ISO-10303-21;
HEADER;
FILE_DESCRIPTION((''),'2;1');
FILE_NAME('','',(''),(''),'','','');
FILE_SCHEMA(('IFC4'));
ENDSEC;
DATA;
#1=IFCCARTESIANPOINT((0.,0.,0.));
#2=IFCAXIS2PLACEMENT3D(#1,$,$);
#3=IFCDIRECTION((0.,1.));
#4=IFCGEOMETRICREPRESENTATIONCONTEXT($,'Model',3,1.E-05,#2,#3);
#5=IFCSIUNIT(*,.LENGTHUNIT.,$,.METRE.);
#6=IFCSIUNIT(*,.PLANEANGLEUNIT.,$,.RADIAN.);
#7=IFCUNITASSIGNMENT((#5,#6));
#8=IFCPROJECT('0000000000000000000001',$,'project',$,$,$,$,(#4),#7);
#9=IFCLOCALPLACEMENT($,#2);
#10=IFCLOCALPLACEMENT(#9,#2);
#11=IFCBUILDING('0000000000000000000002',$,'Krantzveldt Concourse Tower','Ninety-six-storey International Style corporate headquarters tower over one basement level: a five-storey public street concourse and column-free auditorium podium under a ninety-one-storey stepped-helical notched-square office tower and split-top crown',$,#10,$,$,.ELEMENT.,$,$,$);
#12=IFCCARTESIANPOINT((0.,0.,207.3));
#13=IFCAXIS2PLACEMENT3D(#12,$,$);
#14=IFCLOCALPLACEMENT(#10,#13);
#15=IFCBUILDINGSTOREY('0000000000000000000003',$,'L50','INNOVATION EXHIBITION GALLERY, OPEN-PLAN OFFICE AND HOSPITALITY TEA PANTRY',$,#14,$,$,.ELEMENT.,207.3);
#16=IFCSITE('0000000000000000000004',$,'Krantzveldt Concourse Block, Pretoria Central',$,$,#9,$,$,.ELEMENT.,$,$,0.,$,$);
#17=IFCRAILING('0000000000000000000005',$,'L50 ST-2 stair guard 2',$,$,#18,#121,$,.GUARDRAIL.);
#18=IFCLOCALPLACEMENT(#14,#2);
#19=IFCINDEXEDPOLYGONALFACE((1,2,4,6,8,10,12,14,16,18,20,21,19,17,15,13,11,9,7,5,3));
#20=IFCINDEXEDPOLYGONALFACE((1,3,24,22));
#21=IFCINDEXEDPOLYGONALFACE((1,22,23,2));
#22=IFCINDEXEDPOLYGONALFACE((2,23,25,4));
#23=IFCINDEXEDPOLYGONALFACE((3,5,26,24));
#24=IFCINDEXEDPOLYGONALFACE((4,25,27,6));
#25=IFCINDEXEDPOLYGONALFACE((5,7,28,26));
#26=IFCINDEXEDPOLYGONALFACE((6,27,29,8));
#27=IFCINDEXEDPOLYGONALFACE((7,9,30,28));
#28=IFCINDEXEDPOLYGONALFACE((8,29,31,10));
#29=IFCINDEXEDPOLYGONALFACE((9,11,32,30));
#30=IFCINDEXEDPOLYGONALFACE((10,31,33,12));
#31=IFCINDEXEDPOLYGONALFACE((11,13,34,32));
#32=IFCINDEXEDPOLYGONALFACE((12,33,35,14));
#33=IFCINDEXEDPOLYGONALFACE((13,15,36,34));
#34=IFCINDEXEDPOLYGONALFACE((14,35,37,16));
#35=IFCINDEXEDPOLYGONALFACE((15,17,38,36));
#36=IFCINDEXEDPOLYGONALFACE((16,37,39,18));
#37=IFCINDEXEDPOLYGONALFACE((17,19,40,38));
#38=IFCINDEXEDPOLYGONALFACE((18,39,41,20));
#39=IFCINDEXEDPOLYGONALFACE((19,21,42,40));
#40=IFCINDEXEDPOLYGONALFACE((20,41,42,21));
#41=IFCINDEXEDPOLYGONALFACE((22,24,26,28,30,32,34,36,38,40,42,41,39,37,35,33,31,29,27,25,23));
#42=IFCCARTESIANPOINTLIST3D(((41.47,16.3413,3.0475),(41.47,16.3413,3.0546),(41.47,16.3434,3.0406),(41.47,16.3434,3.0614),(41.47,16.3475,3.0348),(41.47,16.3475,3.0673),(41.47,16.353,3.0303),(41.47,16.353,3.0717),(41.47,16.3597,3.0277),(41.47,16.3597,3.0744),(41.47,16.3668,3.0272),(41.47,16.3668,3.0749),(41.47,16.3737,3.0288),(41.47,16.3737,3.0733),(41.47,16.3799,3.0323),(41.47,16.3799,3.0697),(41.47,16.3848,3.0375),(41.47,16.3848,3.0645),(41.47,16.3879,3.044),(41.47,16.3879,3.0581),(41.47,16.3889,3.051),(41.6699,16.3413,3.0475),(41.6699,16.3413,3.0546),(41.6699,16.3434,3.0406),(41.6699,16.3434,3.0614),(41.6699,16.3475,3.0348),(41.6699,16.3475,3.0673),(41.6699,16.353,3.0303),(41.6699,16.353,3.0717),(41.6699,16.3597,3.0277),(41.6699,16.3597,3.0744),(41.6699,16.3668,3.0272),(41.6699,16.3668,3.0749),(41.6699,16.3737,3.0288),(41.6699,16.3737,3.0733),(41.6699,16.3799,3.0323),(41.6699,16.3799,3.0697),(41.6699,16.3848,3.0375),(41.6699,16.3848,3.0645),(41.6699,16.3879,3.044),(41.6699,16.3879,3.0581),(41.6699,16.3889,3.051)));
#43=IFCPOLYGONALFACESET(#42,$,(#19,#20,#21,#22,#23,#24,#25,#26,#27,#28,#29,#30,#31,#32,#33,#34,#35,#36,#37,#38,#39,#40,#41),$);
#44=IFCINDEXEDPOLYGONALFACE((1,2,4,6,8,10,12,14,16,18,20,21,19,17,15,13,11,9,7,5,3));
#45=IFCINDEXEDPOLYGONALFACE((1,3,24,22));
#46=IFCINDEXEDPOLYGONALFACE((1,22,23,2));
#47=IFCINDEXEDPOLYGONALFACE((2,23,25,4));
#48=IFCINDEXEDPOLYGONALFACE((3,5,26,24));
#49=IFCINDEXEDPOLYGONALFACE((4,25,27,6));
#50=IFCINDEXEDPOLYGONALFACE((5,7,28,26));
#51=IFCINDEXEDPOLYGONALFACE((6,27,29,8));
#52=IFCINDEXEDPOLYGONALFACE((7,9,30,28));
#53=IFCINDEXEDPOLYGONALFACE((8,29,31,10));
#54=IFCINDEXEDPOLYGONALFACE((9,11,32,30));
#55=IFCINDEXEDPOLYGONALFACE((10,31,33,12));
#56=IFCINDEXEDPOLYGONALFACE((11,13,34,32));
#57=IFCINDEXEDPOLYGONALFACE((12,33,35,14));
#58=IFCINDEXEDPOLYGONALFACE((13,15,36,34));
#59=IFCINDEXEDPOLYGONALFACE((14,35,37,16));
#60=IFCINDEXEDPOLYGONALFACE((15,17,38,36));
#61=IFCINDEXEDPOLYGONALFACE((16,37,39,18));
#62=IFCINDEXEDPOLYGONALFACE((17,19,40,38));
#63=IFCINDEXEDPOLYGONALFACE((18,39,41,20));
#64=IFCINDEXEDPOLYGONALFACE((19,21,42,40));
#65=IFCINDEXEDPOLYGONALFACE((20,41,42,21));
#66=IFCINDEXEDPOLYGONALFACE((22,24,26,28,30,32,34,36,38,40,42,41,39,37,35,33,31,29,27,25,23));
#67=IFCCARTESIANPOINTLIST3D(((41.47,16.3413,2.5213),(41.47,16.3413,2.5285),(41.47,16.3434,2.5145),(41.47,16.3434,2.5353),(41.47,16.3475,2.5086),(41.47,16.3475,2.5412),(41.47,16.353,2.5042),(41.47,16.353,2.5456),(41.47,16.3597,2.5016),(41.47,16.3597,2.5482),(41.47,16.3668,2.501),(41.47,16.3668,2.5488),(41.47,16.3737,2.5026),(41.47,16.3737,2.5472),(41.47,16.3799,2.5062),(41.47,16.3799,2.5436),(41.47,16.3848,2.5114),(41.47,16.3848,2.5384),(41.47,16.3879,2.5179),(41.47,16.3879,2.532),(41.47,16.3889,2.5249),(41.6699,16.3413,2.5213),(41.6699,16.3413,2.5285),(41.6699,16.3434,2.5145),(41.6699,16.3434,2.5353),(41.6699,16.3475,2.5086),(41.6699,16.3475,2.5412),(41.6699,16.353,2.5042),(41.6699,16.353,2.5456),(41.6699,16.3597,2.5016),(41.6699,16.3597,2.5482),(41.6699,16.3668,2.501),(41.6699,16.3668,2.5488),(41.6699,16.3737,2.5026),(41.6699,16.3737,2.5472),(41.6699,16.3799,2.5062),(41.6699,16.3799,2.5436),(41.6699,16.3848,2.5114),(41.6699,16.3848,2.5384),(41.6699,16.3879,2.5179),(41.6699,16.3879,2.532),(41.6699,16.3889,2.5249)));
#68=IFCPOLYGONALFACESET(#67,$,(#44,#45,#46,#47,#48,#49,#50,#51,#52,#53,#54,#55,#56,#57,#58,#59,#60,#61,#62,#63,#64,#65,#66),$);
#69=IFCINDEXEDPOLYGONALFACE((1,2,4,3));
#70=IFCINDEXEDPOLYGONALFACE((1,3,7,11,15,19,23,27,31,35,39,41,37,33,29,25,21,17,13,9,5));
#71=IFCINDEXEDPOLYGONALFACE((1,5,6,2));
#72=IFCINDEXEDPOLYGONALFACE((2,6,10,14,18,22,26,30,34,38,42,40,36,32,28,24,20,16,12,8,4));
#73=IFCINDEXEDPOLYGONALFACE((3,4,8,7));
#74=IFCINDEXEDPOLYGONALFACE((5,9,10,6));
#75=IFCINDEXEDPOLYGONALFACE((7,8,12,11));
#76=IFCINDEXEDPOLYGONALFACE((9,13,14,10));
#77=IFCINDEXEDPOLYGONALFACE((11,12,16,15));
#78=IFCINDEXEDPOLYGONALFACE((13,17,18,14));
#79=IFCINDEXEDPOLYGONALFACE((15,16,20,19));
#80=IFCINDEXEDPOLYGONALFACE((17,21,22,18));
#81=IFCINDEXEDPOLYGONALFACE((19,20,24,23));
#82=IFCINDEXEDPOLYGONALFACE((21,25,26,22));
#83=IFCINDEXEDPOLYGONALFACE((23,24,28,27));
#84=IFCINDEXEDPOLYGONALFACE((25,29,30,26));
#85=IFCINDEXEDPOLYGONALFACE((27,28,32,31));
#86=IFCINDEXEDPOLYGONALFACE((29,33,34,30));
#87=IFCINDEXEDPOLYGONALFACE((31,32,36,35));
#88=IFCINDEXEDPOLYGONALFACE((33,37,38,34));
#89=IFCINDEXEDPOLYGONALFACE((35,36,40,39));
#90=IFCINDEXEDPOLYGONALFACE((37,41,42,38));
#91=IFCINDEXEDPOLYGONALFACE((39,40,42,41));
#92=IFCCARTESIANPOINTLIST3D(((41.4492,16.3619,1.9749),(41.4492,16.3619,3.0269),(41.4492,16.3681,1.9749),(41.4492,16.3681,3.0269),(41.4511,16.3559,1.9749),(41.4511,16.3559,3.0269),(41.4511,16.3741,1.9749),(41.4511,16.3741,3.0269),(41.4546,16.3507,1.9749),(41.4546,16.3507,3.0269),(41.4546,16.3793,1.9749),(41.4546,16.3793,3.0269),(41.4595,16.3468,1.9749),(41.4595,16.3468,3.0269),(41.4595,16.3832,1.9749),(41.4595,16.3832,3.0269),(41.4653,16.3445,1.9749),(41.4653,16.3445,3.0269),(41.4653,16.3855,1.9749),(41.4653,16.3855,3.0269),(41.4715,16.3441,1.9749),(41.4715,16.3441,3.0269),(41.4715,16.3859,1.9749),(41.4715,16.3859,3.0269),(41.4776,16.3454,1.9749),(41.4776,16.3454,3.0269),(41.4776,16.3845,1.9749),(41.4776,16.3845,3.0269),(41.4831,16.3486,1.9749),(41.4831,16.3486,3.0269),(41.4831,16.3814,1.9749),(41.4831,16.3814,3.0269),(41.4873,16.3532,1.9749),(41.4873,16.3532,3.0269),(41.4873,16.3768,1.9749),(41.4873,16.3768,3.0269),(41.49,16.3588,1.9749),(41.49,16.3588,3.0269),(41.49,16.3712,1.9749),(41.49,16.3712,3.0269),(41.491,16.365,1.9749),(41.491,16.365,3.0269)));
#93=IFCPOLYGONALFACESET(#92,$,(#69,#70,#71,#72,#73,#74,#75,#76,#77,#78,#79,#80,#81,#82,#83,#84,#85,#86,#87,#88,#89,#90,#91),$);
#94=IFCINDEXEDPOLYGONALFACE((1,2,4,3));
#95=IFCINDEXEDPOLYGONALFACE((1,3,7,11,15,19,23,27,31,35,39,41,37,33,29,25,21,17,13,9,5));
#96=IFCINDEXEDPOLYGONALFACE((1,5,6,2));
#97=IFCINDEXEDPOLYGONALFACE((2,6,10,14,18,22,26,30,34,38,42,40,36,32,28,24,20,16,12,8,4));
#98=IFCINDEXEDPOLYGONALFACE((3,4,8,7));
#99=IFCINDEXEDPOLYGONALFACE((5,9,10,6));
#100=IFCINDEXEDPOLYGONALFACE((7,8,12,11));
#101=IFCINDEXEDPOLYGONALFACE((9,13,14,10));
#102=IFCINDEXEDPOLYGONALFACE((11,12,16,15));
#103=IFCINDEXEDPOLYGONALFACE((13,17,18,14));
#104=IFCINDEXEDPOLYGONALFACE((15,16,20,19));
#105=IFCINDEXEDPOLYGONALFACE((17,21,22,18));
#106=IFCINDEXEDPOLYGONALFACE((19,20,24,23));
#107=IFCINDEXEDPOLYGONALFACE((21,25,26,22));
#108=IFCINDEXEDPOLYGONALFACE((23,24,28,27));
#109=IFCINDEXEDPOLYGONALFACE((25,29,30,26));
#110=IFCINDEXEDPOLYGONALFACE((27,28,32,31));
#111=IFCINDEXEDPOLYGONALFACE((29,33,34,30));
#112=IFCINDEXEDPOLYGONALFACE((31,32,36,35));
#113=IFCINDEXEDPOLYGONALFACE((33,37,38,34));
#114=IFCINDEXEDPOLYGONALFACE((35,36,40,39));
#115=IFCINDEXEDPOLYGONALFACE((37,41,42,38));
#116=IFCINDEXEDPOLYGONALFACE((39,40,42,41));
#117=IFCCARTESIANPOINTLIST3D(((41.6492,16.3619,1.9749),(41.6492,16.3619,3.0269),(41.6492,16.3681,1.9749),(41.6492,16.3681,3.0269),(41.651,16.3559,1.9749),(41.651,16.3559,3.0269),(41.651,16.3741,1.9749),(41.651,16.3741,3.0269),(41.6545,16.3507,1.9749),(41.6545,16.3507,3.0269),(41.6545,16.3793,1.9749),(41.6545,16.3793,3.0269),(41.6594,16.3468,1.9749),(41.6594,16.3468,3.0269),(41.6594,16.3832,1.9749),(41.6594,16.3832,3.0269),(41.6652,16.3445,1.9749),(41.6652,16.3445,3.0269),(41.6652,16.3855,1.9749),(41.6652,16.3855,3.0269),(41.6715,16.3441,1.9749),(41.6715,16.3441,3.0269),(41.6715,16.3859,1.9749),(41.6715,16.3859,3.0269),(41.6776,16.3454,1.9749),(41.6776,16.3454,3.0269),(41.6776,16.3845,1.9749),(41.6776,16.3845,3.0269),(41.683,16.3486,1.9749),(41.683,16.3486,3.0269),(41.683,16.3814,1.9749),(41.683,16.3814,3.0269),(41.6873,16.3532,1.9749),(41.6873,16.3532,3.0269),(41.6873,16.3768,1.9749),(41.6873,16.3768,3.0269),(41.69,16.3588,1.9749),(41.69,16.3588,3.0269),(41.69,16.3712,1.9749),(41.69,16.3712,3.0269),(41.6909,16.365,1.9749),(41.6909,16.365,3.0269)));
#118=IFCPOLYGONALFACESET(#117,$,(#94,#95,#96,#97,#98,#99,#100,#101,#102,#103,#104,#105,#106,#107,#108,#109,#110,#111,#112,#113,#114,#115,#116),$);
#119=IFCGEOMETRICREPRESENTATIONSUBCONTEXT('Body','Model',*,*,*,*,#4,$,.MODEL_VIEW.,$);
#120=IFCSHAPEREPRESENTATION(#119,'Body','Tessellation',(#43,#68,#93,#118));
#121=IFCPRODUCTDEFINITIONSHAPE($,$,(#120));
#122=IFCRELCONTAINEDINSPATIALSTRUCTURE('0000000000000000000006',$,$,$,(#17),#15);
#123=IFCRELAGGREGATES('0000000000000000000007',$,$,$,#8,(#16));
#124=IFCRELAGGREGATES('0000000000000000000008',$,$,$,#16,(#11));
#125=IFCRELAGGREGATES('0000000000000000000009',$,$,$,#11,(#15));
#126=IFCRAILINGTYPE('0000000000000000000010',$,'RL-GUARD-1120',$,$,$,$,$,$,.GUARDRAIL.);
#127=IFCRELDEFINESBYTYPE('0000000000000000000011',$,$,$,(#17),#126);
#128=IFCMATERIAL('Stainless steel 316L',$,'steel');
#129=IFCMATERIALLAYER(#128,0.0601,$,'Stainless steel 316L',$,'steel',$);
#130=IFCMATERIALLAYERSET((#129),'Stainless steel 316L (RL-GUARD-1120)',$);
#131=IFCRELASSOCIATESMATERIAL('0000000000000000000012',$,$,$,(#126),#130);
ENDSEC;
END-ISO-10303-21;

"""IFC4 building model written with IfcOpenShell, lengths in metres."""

from ifc_helpers import new_model, si_unit, direction, frame, origin, origin_2d, place, context, subcontext, project, spatial, circle, extrude, material, layer, layer_set, type_object, element, save


model = new_model("IFC4")

# Units and contexts
model_context = context("Model", 3, precision=1e-05, world=origin(), true_north=direction((0.0, 1.0)))
body_context = subcontext(model_context, "Body", "Model", "MODEL_VIEW")
ifc_project = project(units=[si_unit("LENGTHUNIT", "METRE"), si_unit("PLANEANGLEUNIT", "RADIAN")], contexts=[model_context])

# Site, building, storey
site_placement = place(None, origin())
site = spatial("IfcSite", under=ifc_project, at=site_placement, Name="Krantzveldt Concourse Block, Pretoria Central", CompositionType="ELEMENT", RefElevation=0.0)
building_placement = place(site_placement, origin())
building = spatial("IfcBuilding", under=site, at=building_placement, Name="Krantzveldt Concourse Tower", Description="Ninety-six-storey International Style corporate headquarters tower over one basement level: a five-storey public street concourse and column-free auditorium podium under a ninety-one-storey stepped-helical notched-square office tower and split-top crown", CompositionType="ELEMENT")
storey_placement = place(building_placement, frame((0.0, 0.0, 207.3)))
storey = spatial("IfcBuildingStorey", under=building, at=storey_placement, Name="L50", Description="INNOVATION EXHIBITION GALLERY, OPEN-PLAN OFFICE AND HOSPITALITY TEA PANTRY", CompositionType="ELEMENT", Elevation=207.3)

# Shared definitions
ifc_material_1 = material(Name="Stainless steel 316L", Category="steel")

# Railing
ifc_layer_1 = layer(ifc_material_1, 0.0601, Name="Stainless steel 316L", Category="steel")
ifc_layer_set_1 = layer_set([ifc_layer_1], Name="Stainless steel 316L (RL-GUARD-1120)")
railing_type_1 = type_object("IfcRailingType", Name="RL-GUARD-1120", PredefinedType="GUARDRAIL", material=ifc_layer_set_1)
railing_1_placement = place(storey_placement, frame((41.47, 16.365, 1.9749)))
element("IfcRailing", 1, at=railing_1_placement, inside=storey, type_object=railing_type_1, Name="L50 ST-2 stair guard 2", PredefinedType="GUARDRAIL", context=body_context, shape_type="SweptSolid", body=[
    extrude(circle(Radius=0.0239, at=origin_2d()), frame((0.0, 0.0, 1.0762), z_axis=(1.0, 0.0, 0.0), x_axis=(0.0, 1.0, 0.0)), (0.0, 0.0, 1.0), 0.2),
    extrude(circle(Radius=0.0239, at=origin_2d()), frame((0.0, 0.0, 0.55), z_axis=(1.0, 0.0, 0.0), x_axis=(0.0, 1.0, 0.0)), (0.0, 0.0, 1.0), 0.2),
    extrude(circle(Radius=0.021, at=origin_2d()), origin(), (0.0, 0.0, 1.0), 1.052),
    extrude(circle(Radius=0.021, at=origin_2d()), frame((0.2, 0.0, 0.0)), (0.0, 0.0, 1.0), 1.052),
])

save(model, "model.ifc")
